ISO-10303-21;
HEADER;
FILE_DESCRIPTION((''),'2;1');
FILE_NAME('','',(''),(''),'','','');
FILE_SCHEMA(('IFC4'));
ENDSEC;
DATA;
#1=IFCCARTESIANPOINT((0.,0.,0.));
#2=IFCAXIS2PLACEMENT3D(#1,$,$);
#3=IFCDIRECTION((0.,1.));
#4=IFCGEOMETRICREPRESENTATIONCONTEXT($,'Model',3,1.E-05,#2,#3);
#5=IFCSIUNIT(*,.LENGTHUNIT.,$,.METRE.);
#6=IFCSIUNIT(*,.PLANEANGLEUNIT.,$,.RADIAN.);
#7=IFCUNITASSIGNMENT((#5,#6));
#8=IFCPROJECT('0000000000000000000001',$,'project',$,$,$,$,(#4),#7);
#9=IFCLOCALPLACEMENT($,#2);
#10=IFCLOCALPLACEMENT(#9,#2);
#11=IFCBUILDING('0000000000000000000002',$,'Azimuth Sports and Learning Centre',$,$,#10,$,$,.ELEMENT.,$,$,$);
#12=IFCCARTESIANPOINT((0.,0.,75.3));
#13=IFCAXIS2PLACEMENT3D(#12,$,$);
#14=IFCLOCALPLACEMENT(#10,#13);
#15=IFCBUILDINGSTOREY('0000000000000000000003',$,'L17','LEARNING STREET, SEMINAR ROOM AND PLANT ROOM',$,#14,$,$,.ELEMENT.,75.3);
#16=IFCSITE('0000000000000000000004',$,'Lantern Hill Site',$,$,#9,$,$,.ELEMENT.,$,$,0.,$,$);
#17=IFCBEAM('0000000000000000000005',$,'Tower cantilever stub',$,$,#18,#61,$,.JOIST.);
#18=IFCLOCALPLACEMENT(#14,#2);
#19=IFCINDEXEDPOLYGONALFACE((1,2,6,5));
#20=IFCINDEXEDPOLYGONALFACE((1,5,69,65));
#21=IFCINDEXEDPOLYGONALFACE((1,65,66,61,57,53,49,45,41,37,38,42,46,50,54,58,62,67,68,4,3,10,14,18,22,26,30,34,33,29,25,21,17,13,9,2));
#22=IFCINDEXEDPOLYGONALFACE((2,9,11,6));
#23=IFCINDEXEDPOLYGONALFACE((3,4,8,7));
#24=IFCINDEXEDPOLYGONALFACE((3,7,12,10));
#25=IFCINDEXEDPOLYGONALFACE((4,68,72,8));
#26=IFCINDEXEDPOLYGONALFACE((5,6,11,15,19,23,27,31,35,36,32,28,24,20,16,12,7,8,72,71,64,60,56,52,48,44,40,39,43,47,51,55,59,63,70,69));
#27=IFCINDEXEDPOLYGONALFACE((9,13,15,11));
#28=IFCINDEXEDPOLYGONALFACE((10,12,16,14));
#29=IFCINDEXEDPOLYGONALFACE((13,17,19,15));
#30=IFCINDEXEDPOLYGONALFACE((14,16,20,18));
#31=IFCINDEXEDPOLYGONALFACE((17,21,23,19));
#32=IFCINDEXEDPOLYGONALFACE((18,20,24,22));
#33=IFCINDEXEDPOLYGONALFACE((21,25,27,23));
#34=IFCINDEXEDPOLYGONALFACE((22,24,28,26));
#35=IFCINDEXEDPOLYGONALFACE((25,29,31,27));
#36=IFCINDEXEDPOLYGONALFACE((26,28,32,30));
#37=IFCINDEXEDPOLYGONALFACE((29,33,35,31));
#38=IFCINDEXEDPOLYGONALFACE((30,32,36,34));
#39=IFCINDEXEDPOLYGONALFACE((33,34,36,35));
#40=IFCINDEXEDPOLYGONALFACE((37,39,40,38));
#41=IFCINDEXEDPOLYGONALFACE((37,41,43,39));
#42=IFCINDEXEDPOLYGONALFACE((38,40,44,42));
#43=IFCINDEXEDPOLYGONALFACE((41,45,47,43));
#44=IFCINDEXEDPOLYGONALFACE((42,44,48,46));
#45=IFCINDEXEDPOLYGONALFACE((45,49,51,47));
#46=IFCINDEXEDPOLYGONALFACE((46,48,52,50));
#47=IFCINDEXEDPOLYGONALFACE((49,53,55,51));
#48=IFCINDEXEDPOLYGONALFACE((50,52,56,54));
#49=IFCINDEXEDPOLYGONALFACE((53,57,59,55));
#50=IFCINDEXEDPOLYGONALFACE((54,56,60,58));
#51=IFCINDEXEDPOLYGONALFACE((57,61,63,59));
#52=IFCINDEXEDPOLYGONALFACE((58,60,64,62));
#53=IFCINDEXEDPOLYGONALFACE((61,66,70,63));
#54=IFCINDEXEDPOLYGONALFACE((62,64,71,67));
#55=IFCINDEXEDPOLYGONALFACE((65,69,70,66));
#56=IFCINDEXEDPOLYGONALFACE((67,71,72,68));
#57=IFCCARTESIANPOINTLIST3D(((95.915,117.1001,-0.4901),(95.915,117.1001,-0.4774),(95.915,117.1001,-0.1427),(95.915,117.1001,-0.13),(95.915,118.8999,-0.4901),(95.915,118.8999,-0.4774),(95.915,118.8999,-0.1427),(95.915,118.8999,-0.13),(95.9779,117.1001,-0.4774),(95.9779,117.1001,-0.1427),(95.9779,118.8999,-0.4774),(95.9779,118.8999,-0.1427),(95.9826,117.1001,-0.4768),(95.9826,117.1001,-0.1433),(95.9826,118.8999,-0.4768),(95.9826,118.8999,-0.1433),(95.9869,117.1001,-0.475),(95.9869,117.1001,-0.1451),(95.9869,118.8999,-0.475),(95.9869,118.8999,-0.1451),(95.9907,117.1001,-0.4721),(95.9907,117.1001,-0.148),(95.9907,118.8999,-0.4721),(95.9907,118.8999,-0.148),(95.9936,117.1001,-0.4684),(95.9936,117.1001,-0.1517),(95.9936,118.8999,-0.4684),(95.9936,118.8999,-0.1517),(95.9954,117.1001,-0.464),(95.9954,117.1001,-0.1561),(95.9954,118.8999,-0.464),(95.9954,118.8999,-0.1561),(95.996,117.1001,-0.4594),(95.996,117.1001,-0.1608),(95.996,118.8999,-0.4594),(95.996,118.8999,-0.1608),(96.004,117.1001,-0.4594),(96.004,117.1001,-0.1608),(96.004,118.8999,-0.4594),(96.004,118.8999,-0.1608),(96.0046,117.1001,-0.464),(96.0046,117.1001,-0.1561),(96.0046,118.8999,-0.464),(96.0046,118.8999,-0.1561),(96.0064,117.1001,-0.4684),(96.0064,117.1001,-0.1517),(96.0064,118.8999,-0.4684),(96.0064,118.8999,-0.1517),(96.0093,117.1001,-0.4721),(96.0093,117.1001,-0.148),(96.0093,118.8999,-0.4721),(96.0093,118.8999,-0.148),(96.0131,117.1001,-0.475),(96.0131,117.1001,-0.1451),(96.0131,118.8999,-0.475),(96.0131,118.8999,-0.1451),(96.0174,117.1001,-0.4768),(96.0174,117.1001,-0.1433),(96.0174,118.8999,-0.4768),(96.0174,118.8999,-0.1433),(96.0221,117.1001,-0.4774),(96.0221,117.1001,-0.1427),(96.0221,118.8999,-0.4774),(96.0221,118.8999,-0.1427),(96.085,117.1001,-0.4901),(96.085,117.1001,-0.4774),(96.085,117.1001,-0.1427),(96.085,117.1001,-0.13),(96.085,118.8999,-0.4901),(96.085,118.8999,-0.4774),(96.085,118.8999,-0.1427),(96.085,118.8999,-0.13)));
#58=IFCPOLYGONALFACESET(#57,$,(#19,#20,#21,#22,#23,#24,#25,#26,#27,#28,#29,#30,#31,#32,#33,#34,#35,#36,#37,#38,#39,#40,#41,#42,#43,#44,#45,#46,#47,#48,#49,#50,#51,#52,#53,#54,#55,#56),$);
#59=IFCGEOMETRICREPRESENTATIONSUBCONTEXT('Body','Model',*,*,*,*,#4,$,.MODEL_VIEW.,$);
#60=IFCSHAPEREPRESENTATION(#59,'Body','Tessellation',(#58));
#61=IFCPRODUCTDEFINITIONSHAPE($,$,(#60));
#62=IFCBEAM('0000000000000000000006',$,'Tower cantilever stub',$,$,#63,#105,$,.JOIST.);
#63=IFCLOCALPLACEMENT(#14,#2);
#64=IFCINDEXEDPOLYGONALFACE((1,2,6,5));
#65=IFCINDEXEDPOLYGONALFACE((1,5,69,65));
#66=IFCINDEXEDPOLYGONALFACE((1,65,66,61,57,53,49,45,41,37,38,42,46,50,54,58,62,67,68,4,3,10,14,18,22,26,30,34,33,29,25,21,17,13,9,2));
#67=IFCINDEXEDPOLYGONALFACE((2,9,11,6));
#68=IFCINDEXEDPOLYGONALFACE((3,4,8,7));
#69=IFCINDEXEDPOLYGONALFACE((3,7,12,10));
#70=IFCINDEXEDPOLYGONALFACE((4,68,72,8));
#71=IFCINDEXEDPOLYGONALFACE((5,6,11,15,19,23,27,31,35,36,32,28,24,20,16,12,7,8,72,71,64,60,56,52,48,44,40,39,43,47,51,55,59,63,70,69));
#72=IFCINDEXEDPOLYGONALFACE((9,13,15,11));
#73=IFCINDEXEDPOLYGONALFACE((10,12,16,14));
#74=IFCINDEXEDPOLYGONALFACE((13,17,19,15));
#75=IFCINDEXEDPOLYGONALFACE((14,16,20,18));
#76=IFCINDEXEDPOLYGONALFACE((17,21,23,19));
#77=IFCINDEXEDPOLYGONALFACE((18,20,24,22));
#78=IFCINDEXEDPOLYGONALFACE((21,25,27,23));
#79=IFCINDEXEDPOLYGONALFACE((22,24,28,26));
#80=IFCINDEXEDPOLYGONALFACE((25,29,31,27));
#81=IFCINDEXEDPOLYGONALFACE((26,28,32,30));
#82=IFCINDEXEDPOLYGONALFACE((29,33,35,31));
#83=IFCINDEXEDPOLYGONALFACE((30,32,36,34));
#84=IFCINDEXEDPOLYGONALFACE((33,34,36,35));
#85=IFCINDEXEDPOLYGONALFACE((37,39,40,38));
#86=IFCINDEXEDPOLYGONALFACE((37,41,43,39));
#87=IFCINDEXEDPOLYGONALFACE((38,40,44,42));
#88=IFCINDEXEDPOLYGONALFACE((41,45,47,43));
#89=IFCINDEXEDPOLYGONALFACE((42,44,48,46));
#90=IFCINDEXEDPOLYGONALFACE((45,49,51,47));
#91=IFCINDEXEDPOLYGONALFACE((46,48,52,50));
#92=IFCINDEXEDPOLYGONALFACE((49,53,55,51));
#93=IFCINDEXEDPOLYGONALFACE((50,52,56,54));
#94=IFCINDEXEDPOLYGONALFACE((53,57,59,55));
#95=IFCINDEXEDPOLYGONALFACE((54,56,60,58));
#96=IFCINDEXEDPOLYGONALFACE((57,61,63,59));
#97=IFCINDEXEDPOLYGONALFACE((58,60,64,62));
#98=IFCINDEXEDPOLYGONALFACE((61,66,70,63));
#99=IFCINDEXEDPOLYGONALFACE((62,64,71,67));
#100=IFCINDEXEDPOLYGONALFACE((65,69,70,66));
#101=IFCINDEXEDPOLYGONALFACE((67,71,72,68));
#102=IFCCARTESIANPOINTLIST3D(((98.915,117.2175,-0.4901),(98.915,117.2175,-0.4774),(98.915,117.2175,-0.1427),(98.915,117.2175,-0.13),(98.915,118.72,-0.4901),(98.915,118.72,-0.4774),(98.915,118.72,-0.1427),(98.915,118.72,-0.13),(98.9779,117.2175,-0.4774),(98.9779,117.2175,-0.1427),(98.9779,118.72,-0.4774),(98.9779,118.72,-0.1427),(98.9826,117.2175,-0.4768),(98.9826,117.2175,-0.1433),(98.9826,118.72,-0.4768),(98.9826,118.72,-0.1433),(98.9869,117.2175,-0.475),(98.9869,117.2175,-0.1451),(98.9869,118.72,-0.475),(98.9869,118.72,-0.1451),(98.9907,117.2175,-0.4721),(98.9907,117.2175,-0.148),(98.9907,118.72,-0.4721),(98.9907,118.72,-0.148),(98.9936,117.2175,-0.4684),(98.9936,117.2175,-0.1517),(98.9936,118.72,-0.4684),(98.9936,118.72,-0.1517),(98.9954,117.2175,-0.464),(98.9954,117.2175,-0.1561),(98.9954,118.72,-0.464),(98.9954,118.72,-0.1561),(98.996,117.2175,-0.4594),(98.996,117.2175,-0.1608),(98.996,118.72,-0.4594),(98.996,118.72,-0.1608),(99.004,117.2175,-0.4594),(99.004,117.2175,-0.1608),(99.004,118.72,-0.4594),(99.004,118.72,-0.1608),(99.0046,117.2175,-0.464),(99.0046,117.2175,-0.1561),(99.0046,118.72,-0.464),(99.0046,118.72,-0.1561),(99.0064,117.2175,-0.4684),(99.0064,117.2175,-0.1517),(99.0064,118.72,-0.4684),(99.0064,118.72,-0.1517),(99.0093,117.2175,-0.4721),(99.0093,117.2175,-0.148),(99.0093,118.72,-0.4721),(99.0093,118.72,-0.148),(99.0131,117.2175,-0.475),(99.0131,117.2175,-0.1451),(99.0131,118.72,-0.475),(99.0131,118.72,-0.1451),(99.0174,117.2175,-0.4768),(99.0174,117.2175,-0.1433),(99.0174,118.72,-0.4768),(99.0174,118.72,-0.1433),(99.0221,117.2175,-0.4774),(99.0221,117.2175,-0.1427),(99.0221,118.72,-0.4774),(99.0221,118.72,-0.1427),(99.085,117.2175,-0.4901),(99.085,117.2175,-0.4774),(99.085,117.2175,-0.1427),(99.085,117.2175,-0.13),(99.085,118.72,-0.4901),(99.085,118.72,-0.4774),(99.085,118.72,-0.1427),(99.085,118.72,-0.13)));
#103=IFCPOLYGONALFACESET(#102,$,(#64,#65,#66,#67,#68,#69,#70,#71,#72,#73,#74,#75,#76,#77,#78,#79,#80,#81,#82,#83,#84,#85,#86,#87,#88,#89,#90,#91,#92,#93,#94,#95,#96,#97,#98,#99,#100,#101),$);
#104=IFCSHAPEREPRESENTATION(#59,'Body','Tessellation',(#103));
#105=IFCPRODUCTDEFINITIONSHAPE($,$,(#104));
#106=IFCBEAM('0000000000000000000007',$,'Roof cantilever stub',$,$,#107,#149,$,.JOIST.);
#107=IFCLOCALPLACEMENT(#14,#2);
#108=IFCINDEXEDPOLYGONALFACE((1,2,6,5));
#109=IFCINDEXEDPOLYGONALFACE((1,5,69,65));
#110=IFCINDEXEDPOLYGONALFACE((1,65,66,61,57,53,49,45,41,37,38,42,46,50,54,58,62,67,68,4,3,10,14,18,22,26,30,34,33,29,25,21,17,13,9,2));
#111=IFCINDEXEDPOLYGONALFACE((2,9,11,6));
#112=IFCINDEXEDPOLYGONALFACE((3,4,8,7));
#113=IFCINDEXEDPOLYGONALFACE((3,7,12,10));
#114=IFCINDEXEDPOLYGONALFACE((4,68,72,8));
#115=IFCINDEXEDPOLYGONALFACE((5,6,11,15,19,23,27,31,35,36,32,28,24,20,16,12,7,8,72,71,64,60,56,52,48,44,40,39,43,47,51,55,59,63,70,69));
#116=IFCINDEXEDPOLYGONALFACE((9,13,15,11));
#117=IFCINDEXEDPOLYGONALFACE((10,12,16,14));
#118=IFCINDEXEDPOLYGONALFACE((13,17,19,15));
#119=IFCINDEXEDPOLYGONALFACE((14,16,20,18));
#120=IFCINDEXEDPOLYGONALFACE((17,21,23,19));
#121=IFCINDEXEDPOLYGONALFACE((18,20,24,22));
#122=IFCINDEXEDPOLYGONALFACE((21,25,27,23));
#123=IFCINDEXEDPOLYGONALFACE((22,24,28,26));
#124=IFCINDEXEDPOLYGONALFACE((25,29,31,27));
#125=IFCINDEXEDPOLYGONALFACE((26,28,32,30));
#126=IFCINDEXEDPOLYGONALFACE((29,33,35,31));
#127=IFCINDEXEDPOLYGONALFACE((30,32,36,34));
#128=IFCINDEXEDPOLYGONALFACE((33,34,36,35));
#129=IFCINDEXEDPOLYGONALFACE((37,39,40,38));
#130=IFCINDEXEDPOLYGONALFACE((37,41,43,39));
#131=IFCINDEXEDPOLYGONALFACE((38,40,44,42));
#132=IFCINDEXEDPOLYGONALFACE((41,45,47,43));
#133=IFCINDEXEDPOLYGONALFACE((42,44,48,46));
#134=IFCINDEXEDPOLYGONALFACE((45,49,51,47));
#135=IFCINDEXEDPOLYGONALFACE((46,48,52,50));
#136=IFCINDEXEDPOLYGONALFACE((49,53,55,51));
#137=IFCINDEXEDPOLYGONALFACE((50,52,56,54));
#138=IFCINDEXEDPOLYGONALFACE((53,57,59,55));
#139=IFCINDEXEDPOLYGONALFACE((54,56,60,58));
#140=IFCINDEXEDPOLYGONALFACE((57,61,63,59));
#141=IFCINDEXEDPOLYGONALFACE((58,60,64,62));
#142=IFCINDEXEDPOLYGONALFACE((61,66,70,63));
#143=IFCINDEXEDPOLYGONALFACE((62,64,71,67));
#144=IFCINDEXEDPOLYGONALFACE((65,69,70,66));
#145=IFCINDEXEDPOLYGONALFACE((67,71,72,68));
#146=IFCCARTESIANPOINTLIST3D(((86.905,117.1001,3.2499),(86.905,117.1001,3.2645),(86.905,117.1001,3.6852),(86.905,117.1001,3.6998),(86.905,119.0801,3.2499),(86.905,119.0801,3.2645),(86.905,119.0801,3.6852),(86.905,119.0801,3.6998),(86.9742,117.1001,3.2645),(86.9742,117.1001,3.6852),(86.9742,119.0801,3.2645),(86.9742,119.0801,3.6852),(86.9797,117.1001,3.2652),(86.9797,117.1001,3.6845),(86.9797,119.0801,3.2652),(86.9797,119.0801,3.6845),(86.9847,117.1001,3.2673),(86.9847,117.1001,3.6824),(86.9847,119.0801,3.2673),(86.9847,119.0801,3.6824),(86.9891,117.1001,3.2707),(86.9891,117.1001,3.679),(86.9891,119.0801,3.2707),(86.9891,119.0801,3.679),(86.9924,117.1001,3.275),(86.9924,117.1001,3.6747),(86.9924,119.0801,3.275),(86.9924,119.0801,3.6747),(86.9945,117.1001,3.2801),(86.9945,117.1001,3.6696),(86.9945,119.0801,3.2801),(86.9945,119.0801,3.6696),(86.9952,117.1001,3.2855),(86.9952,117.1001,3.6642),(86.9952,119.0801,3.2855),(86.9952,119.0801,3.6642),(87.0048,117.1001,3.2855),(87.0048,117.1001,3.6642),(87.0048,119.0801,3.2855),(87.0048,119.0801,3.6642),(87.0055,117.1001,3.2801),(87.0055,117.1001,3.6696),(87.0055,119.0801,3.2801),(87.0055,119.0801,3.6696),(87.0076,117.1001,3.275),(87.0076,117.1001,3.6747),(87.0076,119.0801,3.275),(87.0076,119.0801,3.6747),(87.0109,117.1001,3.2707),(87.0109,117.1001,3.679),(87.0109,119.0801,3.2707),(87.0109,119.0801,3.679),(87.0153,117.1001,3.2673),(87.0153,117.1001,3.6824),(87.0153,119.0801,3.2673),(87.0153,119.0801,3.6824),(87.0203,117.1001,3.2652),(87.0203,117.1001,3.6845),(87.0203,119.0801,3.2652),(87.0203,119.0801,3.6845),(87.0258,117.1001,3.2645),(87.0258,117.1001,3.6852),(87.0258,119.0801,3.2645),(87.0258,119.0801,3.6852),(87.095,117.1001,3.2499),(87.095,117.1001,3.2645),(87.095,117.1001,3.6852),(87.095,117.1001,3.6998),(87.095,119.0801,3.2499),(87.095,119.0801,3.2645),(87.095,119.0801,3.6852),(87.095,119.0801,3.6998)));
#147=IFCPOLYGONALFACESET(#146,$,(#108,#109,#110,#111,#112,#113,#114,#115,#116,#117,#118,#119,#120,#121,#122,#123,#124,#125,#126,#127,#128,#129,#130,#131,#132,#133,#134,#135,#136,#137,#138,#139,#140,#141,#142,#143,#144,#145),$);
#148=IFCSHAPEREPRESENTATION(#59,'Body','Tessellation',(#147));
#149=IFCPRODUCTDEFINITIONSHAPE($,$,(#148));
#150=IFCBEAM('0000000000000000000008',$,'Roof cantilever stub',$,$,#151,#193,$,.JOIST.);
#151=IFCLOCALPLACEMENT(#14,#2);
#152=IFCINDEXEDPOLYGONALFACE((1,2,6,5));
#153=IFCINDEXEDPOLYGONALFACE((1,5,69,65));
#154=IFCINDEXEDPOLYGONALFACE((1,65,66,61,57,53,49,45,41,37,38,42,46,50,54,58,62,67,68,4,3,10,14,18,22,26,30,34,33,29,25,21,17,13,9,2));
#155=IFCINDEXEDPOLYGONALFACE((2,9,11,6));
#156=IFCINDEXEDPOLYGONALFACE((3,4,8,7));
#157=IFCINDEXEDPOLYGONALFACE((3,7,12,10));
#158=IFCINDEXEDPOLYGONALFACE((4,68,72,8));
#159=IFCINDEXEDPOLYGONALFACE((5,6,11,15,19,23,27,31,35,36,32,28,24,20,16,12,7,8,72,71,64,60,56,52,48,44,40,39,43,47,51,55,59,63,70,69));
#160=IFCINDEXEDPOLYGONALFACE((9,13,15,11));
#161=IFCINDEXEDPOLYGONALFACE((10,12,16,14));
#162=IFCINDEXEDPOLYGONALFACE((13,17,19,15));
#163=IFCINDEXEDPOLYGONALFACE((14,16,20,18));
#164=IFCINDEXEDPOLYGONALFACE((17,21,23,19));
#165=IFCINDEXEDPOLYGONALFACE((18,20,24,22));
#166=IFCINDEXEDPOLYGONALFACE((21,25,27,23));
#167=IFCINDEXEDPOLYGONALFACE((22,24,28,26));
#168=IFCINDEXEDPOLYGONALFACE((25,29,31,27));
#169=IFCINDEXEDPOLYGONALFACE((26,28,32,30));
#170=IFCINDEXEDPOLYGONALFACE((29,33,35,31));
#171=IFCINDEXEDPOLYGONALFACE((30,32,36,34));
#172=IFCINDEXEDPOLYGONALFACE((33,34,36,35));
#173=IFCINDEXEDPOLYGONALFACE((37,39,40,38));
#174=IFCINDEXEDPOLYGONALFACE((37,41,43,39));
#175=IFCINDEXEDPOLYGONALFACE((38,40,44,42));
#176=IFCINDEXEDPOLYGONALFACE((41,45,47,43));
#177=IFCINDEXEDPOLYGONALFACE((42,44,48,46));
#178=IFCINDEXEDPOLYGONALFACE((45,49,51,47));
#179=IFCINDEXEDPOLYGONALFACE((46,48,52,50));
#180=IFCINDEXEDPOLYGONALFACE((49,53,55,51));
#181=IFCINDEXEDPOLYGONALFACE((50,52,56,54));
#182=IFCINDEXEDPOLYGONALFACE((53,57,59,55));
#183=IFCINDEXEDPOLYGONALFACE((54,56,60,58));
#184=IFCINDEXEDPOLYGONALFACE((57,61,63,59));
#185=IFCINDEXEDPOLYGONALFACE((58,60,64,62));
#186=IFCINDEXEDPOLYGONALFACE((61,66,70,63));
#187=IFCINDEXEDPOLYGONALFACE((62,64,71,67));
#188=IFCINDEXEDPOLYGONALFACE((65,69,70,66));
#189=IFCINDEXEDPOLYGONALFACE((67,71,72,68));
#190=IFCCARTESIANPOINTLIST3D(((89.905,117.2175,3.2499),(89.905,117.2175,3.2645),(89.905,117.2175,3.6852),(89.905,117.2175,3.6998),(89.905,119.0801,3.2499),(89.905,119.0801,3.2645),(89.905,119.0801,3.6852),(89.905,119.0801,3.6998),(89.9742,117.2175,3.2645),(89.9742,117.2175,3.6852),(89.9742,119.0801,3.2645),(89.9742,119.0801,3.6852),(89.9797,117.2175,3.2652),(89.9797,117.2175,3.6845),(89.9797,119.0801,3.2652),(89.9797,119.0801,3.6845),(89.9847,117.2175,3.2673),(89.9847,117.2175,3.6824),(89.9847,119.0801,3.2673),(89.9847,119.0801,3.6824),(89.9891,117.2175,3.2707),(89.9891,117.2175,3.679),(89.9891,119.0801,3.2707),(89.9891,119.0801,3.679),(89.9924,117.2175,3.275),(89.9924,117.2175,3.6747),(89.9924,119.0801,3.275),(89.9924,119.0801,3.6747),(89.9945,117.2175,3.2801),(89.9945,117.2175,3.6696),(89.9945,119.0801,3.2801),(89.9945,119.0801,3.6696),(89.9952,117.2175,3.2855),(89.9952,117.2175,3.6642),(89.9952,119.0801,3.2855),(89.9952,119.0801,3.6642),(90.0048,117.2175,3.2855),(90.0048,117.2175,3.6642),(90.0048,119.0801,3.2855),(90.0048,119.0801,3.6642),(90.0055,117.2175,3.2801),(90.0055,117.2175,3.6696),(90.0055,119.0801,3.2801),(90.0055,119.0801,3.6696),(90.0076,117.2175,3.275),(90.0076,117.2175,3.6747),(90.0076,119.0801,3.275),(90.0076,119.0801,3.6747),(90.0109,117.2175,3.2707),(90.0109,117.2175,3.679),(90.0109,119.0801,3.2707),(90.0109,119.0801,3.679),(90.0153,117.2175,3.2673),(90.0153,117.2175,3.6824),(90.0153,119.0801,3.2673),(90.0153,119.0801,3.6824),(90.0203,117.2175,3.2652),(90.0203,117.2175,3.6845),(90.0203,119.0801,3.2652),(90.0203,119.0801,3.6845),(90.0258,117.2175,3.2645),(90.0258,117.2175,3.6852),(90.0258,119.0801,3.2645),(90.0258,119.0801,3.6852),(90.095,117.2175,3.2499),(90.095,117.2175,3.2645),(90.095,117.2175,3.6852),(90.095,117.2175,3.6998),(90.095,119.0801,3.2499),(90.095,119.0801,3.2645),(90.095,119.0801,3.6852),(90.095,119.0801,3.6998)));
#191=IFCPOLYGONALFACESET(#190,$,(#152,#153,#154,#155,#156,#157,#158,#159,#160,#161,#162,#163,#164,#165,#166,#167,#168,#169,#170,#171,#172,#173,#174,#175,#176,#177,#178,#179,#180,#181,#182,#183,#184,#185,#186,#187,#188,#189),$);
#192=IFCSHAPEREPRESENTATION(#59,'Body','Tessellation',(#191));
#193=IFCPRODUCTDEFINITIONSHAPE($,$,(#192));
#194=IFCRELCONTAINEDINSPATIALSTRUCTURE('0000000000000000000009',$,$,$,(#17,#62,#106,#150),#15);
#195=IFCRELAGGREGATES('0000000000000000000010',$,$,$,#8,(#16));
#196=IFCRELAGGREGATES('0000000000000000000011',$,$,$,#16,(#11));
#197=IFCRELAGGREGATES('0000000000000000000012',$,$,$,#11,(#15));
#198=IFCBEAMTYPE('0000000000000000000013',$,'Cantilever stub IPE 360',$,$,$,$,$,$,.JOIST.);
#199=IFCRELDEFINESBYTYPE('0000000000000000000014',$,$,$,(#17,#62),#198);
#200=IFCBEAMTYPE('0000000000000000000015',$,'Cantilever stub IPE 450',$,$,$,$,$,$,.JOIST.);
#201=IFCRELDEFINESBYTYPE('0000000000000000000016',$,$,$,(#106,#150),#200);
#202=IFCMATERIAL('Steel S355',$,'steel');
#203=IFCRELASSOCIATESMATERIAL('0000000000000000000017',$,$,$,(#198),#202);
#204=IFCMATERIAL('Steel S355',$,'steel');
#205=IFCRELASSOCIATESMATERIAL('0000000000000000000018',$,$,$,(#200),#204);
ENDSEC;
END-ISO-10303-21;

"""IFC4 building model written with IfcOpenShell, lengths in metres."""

from ifc_helpers import new_model, si_unit, direction, frame, origin, origin_2d, place, context, subcontext, project, spatial, i_section, extrude, material, material_profile, profile_set, type_object, element, save


model = new_model("IFC4")

# Units and contexts
model_context = context("Model", 3, precision=1e-05, world=origin(), true_north=direction((0.0, 1.0)))
body_context = subcontext(model_context, "Body", "Model", "MODEL_VIEW")
ifc_project = project(units=[si_unit("LENGTHUNIT", "METRE"), si_unit("PLANEANGLEUNIT", "RADIAN")], contexts=[model_context])

# Site, building, storey
site_placement = place(None, origin())
site = spatial("IfcSite", under=ifc_project, at=site_placement, Name="Lantern Hill Site", CompositionType="ELEMENT", RefElevation=0.0)
building_placement = place(site_placement, origin())
building = spatial("IfcBuilding", under=site, at=building_placement, Name="Azimuth Sports and Learning Centre", CompositionType="ELEMENT")
storey_placement = place(building_placement, frame((0.0, 0.0, 75.3)))
storey = spatial("IfcBuildingStorey", under=building, at=storey_placement, Name="L17", Description="LEARNING STREET, SEMINAR ROOM AND PLANT ROOM", CompositionType="ELEMENT", Elevation=75.3)

# Beams
ifc_material_1 = material(Name="Steel S355", Category="steel")
ifc_material_profile_1 = material_profile(ifc_material_1, i_section(OverallWidth=0.1699, OverallDepth=0.3601, WebThickness=0.0081, FlangeThickness=0.0127, FilletRadius=0.0181, at=origin_2d()), Name="IPE 360")
ifc_profile_set_1 = profile_set([ifc_material_profile_1], Name="Steel S355")
beam_type_1 = type_object("IfcBeamType", Name="Cantilever stub IPE 360", PredefinedType="JOIST", material=ifc_profile_set_1)
beam_1_placement = place(storey_placement, frame((96.0, 117.1001, -0.3101), z_axis=(0.0, 1.0, 0.0), x_axis=(-1.0, 0.0, 0.0)))
element("IfcBeam", 1, at=beam_1_placement, inside=storey, type_object=beam_type_1, Name="Tower cantilever stub", PredefinedType="JOIST", context=body_context, shape_type="SweptSolid", body=[
    extrude(i_section(OverallWidth=0.1699, OverallDepth=0.3601, WebThickness=0.0081, FlangeThickness=0.0127, FilletRadius=0.0181, at=origin_2d()), origin(), (0.0, 0.0, 1.0), 1.7998),
])
beam_2_placement = place(storey_placement, frame((99.0, 117.2175, -0.3101), z_axis=(0.0, 1.0, 0.0), x_axis=(-1.0, 0.0, 0.0)))
element("IfcBeam", 2, at=beam_2_placement, inside=storey, type_object=beam_type_1, Name="Tower cantilever stub", PredefinedType="JOIST", context=body_context, shape_type="SweptSolid", body=[
    extrude(i_section(OverallWidth=0.1699, OverallDepth=0.3601, WebThickness=0.0081, FlangeThickness=0.0127, FilletRadius=0.0181, at=origin_2d()), origin(), (0.0, 0.0, 1.0), 1.5024),
])
ifc_material_2 = material(Name="Steel S355", Category="steel")
ifc_material_profile_2 = material_profile(ifc_material_2, i_section(OverallWidth=0.1899, OverallDepth=0.45, WebThickness=0.0095, FlangeThickness=0.0146, FilletRadius=0.021, at=origin_2d()), Name="IPE 450")
ifc_profile_set_2 = profile_set([ifc_material_profile_2], Name="Steel S355")
beam_type_2 = type_object("IfcBeamType", Name="Cantilever stub IPE 450", PredefinedType="JOIST", material=ifc_profile_set_2)
beam_3_placement = place(storey_placement, frame((87.0, 117.1001, 3.4749), z_axis=(0.0, 1.0, 0.0), x_axis=(-1.0, 0.0, 0.0)))
element("IfcBeam", 3, at=beam_3_placement, inside=storey, type_object=beam_type_2, Name="Roof cantilever stub", PredefinedType="JOIST", context=body_context, shape_type="SweptSolid", body=[
    extrude(i_section(OverallWidth=0.1899, OverallDepth=0.45, WebThickness=0.0095, FlangeThickness=0.0146, FilletRadius=0.021, at=origin_2d()), origin(), (0.0, 0.0, 1.0), 1.98),
])
beam_4_placement = place(storey_placement, frame((90.0, 117.2175, 3.4749), z_axis=(0.0, 1.0, 0.0), x_axis=(-1.0, 0.0, 0.0)))
element("IfcBeam", 4, at=beam_4_placement, inside=storey, type_object=beam_type_2, Name="Roof cantilever stub", PredefinedType="JOIST", context=body_context, shape_type="SweptSolid", body=[
    extrude(i_section(OverallWidth=0.1899, OverallDepth=0.45, WebThickness=0.0095, FlangeThickness=0.0146, FilletRadius=0.021, at=origin_2d()), origin(), (0.0, 0.0, 1.0), 1.8625),
])

save(model, "model.ifc")
